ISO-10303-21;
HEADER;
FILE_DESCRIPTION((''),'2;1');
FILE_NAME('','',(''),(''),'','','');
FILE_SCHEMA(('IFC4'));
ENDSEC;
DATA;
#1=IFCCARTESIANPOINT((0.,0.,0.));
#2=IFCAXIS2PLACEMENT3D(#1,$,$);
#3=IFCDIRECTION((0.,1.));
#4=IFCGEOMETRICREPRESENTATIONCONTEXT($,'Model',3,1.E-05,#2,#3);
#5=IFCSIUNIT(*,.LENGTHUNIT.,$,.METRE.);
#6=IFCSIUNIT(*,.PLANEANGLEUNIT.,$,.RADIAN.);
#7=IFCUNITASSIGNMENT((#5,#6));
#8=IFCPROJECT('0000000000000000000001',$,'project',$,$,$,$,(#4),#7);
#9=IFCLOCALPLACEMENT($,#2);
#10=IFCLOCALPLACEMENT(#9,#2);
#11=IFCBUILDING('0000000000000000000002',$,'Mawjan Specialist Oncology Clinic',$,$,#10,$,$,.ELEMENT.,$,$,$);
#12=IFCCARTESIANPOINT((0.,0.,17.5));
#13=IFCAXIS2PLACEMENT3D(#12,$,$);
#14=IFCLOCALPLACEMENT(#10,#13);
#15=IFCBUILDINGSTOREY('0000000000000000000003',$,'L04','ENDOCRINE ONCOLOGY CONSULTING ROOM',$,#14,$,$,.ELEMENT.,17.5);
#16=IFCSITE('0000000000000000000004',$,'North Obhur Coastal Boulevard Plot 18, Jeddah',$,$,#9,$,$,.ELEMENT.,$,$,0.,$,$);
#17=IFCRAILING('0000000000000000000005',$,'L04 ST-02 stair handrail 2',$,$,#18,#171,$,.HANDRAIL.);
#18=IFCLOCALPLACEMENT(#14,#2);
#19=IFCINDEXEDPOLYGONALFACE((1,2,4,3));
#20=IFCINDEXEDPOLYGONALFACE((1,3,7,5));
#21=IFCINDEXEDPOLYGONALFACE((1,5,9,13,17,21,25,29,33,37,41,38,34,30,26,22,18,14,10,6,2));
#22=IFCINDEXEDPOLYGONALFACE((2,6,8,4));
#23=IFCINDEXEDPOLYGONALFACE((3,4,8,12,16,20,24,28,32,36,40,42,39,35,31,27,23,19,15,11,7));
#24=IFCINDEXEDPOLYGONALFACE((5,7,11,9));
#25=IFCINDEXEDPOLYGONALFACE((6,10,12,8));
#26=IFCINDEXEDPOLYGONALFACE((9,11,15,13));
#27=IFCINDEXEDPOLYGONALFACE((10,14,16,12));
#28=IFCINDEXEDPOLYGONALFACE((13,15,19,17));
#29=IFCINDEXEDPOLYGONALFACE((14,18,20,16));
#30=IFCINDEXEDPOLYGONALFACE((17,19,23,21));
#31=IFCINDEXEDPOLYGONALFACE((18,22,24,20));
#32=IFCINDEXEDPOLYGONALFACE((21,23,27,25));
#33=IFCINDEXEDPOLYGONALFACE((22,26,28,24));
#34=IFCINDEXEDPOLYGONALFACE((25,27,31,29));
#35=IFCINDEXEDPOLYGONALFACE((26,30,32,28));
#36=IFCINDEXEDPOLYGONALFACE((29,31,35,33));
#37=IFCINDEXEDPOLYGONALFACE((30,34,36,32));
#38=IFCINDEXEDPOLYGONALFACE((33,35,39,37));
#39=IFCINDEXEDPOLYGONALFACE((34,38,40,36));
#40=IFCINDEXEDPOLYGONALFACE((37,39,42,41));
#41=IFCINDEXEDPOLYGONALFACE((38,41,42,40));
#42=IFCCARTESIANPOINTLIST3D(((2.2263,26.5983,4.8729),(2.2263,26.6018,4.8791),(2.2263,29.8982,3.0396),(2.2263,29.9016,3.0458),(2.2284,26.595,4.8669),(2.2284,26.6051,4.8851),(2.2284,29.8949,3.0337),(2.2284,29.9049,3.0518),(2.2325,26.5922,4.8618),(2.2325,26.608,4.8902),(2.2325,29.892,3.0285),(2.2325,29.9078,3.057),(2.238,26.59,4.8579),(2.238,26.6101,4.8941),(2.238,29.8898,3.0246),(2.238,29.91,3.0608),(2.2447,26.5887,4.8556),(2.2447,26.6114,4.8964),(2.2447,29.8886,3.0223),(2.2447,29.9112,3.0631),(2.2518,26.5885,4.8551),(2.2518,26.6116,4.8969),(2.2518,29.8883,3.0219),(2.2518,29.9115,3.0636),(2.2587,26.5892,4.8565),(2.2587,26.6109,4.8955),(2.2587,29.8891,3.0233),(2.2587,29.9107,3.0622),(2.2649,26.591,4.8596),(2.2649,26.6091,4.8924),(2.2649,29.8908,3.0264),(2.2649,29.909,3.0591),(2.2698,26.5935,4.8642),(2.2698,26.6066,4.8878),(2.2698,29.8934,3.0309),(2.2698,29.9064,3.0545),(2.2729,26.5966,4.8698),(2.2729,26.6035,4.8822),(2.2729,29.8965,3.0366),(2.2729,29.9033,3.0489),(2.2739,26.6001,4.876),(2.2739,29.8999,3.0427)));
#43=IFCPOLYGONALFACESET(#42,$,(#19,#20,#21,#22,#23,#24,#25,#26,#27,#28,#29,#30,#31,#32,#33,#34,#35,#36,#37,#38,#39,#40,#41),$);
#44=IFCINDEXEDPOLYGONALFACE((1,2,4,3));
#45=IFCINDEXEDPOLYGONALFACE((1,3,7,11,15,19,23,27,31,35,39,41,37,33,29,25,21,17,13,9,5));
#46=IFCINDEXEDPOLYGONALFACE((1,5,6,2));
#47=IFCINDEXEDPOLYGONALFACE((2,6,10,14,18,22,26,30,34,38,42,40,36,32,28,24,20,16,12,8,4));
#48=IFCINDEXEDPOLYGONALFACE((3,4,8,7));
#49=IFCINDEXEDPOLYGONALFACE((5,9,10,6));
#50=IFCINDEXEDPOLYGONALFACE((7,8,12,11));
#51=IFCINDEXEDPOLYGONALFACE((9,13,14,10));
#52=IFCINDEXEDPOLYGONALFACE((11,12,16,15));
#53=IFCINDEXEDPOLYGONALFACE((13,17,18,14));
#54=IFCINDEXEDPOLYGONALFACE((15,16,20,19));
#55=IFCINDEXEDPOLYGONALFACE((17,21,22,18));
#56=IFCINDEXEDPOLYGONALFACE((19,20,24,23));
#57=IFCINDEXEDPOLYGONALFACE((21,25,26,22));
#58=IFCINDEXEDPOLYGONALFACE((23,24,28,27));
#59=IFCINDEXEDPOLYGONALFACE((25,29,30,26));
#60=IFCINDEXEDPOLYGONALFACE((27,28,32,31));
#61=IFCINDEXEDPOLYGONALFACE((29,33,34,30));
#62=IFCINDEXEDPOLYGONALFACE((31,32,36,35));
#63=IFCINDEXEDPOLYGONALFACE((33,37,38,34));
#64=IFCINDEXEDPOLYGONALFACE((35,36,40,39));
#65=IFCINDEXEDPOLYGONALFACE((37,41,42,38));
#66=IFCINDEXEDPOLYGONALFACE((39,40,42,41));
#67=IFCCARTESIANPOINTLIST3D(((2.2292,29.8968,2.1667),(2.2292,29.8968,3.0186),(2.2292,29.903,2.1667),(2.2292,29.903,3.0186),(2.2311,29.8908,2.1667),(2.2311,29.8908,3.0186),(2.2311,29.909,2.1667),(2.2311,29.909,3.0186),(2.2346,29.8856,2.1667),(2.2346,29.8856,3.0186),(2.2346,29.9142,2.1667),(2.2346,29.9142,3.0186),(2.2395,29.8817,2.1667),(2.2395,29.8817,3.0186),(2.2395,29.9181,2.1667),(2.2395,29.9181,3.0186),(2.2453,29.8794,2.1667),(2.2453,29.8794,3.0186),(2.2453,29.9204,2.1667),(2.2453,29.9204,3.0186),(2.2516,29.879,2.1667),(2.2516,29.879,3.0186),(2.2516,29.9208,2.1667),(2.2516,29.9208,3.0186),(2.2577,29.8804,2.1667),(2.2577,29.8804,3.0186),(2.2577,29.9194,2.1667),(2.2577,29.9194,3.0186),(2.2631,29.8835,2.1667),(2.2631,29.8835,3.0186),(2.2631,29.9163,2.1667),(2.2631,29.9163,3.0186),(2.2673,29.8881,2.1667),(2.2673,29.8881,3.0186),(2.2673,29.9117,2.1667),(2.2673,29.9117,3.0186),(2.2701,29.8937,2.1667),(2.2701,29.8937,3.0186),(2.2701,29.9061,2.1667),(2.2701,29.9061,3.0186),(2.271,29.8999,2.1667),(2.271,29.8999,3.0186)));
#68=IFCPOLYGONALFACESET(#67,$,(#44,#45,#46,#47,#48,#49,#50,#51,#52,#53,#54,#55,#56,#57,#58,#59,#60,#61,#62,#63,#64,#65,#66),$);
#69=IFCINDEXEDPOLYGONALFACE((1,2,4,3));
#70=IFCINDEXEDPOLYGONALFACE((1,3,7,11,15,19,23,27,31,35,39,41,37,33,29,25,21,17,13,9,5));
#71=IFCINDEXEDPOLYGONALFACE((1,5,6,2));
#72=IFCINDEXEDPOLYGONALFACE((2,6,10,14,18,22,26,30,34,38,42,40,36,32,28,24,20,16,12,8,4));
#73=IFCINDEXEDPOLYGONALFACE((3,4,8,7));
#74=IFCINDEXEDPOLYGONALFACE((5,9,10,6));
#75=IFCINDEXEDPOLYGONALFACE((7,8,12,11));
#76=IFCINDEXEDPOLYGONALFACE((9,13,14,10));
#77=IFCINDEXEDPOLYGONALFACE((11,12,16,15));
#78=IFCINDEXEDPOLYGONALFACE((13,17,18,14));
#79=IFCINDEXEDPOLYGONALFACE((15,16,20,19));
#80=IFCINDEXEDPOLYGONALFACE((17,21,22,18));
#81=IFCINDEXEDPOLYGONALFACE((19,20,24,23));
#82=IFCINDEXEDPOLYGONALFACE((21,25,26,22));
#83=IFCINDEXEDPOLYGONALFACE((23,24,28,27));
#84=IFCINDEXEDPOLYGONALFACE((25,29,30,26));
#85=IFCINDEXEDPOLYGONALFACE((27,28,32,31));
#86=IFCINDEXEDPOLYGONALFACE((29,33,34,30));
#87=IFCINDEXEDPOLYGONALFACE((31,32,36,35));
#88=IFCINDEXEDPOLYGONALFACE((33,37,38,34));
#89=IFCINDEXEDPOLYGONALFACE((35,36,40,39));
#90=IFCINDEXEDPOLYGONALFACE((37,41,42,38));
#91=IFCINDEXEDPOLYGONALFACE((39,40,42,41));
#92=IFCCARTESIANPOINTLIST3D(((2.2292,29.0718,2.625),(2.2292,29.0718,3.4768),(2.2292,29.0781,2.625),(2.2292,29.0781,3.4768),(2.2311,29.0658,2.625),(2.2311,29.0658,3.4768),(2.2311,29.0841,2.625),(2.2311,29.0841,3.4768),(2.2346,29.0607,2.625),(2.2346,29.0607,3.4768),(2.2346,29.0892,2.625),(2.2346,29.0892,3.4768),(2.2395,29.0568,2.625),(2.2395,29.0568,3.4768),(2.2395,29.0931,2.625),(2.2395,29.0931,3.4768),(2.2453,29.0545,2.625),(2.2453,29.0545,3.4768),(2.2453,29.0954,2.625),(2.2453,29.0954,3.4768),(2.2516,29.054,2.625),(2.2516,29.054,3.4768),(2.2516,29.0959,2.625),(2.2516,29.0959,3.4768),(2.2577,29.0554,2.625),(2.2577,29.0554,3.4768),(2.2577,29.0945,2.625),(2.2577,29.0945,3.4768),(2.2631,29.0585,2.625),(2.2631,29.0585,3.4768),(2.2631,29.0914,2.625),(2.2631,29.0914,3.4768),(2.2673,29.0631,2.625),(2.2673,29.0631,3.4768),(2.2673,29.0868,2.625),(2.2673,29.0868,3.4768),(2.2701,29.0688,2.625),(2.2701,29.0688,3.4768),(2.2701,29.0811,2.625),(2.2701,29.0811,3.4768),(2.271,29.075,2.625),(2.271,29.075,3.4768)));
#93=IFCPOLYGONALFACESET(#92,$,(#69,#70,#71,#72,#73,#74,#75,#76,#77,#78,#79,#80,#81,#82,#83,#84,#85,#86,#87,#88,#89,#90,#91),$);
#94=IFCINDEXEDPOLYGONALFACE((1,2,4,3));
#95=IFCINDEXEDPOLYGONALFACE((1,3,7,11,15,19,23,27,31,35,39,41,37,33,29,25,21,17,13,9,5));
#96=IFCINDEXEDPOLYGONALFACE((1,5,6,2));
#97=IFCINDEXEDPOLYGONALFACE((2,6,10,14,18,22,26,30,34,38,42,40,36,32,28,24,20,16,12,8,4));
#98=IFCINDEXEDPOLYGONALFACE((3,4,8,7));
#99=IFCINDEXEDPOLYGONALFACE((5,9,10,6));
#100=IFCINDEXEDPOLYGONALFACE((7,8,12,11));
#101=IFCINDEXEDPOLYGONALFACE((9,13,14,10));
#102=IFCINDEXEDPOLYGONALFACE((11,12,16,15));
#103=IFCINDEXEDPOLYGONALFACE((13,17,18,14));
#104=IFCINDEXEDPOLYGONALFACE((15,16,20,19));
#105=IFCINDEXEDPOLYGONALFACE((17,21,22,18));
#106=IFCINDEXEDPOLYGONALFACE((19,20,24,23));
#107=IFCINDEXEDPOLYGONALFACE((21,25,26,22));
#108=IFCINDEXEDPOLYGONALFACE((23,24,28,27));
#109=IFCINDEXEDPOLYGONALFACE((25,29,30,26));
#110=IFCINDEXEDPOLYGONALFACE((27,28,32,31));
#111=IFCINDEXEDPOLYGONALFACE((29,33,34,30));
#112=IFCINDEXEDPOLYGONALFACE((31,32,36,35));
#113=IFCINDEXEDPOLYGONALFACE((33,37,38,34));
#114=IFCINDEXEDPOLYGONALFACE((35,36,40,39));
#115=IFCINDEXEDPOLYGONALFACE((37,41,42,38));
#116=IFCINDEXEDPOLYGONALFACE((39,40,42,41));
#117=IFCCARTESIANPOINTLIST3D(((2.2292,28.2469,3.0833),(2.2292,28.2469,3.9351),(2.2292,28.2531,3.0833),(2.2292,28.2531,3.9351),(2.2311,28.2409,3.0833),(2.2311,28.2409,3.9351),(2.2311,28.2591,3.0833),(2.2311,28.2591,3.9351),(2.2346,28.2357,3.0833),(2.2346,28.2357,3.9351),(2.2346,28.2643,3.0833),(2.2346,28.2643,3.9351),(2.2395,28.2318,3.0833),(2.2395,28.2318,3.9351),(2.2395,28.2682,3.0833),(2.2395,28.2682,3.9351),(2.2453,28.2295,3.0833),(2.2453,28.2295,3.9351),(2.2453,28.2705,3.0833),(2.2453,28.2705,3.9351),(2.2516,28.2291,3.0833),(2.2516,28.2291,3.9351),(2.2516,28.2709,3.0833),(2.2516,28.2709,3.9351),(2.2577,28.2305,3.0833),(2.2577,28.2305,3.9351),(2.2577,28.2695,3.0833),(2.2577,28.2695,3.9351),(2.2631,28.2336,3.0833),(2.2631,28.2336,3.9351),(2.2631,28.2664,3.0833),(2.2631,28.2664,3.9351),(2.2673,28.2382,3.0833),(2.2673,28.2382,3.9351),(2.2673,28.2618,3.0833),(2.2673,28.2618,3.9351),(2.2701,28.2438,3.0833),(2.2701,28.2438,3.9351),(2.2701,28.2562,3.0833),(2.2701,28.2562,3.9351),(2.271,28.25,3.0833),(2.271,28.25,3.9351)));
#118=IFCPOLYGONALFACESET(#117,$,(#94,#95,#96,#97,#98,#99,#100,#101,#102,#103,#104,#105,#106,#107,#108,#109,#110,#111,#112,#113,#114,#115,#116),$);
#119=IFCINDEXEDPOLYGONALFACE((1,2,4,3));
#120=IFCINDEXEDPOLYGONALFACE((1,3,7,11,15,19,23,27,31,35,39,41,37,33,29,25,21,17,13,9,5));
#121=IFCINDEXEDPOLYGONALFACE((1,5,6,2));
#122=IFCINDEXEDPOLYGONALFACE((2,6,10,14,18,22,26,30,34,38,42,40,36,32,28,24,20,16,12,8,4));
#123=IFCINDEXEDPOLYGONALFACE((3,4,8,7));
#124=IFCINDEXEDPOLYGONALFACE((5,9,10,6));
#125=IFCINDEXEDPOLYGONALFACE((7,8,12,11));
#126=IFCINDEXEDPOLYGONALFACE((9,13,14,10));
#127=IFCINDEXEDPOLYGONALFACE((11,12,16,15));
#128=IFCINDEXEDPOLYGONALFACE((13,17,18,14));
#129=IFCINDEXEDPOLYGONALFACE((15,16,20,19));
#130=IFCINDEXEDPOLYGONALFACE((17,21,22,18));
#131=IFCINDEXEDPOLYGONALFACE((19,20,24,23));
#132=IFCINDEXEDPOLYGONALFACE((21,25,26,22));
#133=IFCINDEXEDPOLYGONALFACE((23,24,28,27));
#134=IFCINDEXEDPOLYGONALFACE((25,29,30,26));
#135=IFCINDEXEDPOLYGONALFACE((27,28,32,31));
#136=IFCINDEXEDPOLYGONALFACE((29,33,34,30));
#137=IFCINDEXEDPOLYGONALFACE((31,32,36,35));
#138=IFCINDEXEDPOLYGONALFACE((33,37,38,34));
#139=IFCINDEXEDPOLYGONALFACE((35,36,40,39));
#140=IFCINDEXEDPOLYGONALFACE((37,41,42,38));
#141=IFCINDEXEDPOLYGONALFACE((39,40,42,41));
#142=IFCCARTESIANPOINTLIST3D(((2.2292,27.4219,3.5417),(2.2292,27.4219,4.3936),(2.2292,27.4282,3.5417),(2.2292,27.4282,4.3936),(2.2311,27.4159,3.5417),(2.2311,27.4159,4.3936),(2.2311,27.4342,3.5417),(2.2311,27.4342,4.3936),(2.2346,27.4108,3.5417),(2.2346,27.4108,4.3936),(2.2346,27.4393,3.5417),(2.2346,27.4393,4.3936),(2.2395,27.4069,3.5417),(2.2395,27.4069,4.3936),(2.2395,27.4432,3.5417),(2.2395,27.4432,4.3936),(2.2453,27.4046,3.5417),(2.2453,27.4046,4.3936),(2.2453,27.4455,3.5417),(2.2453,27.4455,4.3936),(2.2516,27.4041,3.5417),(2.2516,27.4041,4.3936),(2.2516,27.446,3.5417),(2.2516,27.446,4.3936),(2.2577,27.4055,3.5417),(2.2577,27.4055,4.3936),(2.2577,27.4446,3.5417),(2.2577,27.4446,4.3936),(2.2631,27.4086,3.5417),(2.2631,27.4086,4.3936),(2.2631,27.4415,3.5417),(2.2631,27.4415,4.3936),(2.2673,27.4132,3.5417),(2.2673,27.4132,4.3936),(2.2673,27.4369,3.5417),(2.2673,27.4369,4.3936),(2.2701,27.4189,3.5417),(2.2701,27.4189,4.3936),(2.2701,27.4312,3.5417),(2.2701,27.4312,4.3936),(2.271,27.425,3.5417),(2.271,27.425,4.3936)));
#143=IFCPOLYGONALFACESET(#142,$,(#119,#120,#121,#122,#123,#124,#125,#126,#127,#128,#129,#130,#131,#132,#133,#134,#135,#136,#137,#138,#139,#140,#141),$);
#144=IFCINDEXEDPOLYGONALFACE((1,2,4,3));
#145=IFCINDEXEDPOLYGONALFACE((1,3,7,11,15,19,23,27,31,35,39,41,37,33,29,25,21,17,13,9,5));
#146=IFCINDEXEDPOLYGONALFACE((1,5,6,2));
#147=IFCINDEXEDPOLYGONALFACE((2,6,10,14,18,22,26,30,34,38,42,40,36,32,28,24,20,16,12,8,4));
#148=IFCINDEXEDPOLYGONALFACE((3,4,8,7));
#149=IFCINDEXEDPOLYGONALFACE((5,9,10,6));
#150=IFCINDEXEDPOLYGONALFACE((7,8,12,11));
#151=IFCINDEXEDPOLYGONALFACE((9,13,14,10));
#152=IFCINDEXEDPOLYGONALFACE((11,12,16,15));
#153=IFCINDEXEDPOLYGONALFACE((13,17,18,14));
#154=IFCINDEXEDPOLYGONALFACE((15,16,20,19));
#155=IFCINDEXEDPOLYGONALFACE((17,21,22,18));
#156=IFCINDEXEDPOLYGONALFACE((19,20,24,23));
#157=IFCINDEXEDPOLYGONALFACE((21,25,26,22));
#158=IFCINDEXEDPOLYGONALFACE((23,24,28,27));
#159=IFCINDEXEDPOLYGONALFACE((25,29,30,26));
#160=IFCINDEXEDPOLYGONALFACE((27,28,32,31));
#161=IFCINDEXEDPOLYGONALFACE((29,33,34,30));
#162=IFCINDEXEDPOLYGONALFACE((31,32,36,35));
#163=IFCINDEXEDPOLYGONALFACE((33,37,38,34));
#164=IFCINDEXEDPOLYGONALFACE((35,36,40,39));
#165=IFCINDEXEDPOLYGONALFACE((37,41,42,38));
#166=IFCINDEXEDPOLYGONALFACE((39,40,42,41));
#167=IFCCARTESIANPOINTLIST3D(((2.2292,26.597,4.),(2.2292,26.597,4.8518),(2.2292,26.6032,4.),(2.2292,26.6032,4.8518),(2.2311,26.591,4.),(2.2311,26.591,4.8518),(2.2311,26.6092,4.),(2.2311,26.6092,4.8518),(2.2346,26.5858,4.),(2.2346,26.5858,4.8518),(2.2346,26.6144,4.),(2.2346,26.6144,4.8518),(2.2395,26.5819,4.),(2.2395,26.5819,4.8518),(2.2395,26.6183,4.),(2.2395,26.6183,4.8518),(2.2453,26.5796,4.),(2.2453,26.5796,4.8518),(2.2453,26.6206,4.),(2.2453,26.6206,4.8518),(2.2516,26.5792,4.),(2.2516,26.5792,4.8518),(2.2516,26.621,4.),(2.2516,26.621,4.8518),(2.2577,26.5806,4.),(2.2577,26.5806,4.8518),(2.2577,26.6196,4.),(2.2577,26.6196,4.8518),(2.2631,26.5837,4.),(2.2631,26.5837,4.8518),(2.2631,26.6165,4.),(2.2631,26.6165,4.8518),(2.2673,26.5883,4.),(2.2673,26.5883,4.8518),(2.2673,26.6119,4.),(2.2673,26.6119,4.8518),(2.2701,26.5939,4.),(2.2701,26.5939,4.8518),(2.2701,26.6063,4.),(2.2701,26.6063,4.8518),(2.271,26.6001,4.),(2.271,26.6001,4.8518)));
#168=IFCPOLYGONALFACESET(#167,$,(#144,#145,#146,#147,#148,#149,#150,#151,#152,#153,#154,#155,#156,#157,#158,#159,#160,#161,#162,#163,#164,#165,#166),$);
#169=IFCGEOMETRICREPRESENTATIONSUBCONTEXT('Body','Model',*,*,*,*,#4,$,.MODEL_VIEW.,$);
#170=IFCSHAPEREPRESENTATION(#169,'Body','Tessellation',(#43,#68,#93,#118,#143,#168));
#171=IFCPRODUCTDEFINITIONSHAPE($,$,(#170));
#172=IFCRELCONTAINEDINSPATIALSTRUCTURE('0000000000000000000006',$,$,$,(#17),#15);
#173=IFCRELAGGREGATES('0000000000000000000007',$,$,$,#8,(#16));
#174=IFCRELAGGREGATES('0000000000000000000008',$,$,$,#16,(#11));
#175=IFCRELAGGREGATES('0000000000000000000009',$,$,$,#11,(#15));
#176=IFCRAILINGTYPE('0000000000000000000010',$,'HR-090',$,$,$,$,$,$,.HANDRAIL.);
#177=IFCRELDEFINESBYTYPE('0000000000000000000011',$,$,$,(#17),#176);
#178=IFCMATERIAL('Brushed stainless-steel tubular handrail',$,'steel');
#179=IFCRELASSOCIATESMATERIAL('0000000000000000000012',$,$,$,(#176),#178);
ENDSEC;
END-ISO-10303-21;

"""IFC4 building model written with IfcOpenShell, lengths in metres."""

from ifc_helpers import new_model, si_unit, direction, frame, origin, origin_2d, place, context, subcontext, project, spatial, circle, extrude, material, type_object, element, save


model = new_model("IFC4")

# Units and contexts
model_context = context("Model", 3, precision=1e-05, world=origin(), true_north=direction((0.0, 1.0)))
body_context = subcontext(model_context, "Body", "Model", "MODEL_VIEW")
ifc_project = project(units=[si_unit("LENGTHUNIT", "METRE"), si_unit("PLANEANGLEUNIT", "RADIAN")], contexts=[model_context])

# Site, building, storey
site_placement = place(None, origin())
site = spatial("IfcSite", under=ifc_project, at=site_placement, Name="North Obhur Coastal Boulevard Plot 18, Jeddah", CompositionType="ELEMENT", RefElevation=0.0)
building_placement = place(site_placement, origin())
building = spatial("IfcBuilding", under=site, at=building_placement, Name="Mawjan Specialist Oncology Clinic", CompositionType="ELEMENT")
storey_placement = place(building_placement, frame((0.0, 0.0, 17.5)))
storey = spatial("IfcBuildingStorey", under=building, at=storey_placement, Name="L04", Description="ENDOCRINE ONCOLOGY CONSULTING ROOM", CompositionType="ELEMENT", Elevation=17.5)

# Railing
ifc_material_1 = material(Name="Brushed stainless-steel tubular handrail", Category="steel")
railing_type_1 = type_object("IfcRailingType", Name="HR-090", PredefinedType="HANDRAIL", material=ifc_material_1)
railing_1_placement = place(storey_placement, frame((2.25, 29.8999, 2.1667)))
element("IfcRailing", 1, at=railing_1_placement, inside=storey, type_object=railing_type_1, Name="L04 ST-02 stair handrail 2", PredefinedType="HANDRAIL", context=body_context, shape_type="SweptSolid", body=[
    extrude(circle(Radius=0.0239, at=origin_2d()), frame((0.0, 0.0, 0.876), z_axis=(0.0, -0.874154, 0.485648), x_axis=(1.0, 0.0, 0.0)), (0.0, 0.0, 1.0), 3.7749),
    extrude(circle(Radius=0.021, at=origin_2d()), origin(), (0.0, 0.0, 1.0), 0.8518),
    extrude(circle(Radius=0.021, at=origin_2d()), frame((0.0, -0.825, 0.4583)), (0.0, 0.0, 1.0), 0.8518),
    extrude(circle(Radius=0.021, at=origin_2d()), frame((0.0, -1.6499, 0.9165)), (0.0, 0.0, 1.0), 0.8518),
    extrude(circle(Radius=0.021, at=origin_2d()), frame((0.0, -2.4749, 1.375)), (0.0, 0.0, 1.0), 0.8518),
    extrude(circle(Radius=0.021, at=origin_2d()), frame((0.0, -3.2998, 1.8333)), (0.0, 0.0, 1.0), 0.8518),
])

save(model, "model.ifc")
